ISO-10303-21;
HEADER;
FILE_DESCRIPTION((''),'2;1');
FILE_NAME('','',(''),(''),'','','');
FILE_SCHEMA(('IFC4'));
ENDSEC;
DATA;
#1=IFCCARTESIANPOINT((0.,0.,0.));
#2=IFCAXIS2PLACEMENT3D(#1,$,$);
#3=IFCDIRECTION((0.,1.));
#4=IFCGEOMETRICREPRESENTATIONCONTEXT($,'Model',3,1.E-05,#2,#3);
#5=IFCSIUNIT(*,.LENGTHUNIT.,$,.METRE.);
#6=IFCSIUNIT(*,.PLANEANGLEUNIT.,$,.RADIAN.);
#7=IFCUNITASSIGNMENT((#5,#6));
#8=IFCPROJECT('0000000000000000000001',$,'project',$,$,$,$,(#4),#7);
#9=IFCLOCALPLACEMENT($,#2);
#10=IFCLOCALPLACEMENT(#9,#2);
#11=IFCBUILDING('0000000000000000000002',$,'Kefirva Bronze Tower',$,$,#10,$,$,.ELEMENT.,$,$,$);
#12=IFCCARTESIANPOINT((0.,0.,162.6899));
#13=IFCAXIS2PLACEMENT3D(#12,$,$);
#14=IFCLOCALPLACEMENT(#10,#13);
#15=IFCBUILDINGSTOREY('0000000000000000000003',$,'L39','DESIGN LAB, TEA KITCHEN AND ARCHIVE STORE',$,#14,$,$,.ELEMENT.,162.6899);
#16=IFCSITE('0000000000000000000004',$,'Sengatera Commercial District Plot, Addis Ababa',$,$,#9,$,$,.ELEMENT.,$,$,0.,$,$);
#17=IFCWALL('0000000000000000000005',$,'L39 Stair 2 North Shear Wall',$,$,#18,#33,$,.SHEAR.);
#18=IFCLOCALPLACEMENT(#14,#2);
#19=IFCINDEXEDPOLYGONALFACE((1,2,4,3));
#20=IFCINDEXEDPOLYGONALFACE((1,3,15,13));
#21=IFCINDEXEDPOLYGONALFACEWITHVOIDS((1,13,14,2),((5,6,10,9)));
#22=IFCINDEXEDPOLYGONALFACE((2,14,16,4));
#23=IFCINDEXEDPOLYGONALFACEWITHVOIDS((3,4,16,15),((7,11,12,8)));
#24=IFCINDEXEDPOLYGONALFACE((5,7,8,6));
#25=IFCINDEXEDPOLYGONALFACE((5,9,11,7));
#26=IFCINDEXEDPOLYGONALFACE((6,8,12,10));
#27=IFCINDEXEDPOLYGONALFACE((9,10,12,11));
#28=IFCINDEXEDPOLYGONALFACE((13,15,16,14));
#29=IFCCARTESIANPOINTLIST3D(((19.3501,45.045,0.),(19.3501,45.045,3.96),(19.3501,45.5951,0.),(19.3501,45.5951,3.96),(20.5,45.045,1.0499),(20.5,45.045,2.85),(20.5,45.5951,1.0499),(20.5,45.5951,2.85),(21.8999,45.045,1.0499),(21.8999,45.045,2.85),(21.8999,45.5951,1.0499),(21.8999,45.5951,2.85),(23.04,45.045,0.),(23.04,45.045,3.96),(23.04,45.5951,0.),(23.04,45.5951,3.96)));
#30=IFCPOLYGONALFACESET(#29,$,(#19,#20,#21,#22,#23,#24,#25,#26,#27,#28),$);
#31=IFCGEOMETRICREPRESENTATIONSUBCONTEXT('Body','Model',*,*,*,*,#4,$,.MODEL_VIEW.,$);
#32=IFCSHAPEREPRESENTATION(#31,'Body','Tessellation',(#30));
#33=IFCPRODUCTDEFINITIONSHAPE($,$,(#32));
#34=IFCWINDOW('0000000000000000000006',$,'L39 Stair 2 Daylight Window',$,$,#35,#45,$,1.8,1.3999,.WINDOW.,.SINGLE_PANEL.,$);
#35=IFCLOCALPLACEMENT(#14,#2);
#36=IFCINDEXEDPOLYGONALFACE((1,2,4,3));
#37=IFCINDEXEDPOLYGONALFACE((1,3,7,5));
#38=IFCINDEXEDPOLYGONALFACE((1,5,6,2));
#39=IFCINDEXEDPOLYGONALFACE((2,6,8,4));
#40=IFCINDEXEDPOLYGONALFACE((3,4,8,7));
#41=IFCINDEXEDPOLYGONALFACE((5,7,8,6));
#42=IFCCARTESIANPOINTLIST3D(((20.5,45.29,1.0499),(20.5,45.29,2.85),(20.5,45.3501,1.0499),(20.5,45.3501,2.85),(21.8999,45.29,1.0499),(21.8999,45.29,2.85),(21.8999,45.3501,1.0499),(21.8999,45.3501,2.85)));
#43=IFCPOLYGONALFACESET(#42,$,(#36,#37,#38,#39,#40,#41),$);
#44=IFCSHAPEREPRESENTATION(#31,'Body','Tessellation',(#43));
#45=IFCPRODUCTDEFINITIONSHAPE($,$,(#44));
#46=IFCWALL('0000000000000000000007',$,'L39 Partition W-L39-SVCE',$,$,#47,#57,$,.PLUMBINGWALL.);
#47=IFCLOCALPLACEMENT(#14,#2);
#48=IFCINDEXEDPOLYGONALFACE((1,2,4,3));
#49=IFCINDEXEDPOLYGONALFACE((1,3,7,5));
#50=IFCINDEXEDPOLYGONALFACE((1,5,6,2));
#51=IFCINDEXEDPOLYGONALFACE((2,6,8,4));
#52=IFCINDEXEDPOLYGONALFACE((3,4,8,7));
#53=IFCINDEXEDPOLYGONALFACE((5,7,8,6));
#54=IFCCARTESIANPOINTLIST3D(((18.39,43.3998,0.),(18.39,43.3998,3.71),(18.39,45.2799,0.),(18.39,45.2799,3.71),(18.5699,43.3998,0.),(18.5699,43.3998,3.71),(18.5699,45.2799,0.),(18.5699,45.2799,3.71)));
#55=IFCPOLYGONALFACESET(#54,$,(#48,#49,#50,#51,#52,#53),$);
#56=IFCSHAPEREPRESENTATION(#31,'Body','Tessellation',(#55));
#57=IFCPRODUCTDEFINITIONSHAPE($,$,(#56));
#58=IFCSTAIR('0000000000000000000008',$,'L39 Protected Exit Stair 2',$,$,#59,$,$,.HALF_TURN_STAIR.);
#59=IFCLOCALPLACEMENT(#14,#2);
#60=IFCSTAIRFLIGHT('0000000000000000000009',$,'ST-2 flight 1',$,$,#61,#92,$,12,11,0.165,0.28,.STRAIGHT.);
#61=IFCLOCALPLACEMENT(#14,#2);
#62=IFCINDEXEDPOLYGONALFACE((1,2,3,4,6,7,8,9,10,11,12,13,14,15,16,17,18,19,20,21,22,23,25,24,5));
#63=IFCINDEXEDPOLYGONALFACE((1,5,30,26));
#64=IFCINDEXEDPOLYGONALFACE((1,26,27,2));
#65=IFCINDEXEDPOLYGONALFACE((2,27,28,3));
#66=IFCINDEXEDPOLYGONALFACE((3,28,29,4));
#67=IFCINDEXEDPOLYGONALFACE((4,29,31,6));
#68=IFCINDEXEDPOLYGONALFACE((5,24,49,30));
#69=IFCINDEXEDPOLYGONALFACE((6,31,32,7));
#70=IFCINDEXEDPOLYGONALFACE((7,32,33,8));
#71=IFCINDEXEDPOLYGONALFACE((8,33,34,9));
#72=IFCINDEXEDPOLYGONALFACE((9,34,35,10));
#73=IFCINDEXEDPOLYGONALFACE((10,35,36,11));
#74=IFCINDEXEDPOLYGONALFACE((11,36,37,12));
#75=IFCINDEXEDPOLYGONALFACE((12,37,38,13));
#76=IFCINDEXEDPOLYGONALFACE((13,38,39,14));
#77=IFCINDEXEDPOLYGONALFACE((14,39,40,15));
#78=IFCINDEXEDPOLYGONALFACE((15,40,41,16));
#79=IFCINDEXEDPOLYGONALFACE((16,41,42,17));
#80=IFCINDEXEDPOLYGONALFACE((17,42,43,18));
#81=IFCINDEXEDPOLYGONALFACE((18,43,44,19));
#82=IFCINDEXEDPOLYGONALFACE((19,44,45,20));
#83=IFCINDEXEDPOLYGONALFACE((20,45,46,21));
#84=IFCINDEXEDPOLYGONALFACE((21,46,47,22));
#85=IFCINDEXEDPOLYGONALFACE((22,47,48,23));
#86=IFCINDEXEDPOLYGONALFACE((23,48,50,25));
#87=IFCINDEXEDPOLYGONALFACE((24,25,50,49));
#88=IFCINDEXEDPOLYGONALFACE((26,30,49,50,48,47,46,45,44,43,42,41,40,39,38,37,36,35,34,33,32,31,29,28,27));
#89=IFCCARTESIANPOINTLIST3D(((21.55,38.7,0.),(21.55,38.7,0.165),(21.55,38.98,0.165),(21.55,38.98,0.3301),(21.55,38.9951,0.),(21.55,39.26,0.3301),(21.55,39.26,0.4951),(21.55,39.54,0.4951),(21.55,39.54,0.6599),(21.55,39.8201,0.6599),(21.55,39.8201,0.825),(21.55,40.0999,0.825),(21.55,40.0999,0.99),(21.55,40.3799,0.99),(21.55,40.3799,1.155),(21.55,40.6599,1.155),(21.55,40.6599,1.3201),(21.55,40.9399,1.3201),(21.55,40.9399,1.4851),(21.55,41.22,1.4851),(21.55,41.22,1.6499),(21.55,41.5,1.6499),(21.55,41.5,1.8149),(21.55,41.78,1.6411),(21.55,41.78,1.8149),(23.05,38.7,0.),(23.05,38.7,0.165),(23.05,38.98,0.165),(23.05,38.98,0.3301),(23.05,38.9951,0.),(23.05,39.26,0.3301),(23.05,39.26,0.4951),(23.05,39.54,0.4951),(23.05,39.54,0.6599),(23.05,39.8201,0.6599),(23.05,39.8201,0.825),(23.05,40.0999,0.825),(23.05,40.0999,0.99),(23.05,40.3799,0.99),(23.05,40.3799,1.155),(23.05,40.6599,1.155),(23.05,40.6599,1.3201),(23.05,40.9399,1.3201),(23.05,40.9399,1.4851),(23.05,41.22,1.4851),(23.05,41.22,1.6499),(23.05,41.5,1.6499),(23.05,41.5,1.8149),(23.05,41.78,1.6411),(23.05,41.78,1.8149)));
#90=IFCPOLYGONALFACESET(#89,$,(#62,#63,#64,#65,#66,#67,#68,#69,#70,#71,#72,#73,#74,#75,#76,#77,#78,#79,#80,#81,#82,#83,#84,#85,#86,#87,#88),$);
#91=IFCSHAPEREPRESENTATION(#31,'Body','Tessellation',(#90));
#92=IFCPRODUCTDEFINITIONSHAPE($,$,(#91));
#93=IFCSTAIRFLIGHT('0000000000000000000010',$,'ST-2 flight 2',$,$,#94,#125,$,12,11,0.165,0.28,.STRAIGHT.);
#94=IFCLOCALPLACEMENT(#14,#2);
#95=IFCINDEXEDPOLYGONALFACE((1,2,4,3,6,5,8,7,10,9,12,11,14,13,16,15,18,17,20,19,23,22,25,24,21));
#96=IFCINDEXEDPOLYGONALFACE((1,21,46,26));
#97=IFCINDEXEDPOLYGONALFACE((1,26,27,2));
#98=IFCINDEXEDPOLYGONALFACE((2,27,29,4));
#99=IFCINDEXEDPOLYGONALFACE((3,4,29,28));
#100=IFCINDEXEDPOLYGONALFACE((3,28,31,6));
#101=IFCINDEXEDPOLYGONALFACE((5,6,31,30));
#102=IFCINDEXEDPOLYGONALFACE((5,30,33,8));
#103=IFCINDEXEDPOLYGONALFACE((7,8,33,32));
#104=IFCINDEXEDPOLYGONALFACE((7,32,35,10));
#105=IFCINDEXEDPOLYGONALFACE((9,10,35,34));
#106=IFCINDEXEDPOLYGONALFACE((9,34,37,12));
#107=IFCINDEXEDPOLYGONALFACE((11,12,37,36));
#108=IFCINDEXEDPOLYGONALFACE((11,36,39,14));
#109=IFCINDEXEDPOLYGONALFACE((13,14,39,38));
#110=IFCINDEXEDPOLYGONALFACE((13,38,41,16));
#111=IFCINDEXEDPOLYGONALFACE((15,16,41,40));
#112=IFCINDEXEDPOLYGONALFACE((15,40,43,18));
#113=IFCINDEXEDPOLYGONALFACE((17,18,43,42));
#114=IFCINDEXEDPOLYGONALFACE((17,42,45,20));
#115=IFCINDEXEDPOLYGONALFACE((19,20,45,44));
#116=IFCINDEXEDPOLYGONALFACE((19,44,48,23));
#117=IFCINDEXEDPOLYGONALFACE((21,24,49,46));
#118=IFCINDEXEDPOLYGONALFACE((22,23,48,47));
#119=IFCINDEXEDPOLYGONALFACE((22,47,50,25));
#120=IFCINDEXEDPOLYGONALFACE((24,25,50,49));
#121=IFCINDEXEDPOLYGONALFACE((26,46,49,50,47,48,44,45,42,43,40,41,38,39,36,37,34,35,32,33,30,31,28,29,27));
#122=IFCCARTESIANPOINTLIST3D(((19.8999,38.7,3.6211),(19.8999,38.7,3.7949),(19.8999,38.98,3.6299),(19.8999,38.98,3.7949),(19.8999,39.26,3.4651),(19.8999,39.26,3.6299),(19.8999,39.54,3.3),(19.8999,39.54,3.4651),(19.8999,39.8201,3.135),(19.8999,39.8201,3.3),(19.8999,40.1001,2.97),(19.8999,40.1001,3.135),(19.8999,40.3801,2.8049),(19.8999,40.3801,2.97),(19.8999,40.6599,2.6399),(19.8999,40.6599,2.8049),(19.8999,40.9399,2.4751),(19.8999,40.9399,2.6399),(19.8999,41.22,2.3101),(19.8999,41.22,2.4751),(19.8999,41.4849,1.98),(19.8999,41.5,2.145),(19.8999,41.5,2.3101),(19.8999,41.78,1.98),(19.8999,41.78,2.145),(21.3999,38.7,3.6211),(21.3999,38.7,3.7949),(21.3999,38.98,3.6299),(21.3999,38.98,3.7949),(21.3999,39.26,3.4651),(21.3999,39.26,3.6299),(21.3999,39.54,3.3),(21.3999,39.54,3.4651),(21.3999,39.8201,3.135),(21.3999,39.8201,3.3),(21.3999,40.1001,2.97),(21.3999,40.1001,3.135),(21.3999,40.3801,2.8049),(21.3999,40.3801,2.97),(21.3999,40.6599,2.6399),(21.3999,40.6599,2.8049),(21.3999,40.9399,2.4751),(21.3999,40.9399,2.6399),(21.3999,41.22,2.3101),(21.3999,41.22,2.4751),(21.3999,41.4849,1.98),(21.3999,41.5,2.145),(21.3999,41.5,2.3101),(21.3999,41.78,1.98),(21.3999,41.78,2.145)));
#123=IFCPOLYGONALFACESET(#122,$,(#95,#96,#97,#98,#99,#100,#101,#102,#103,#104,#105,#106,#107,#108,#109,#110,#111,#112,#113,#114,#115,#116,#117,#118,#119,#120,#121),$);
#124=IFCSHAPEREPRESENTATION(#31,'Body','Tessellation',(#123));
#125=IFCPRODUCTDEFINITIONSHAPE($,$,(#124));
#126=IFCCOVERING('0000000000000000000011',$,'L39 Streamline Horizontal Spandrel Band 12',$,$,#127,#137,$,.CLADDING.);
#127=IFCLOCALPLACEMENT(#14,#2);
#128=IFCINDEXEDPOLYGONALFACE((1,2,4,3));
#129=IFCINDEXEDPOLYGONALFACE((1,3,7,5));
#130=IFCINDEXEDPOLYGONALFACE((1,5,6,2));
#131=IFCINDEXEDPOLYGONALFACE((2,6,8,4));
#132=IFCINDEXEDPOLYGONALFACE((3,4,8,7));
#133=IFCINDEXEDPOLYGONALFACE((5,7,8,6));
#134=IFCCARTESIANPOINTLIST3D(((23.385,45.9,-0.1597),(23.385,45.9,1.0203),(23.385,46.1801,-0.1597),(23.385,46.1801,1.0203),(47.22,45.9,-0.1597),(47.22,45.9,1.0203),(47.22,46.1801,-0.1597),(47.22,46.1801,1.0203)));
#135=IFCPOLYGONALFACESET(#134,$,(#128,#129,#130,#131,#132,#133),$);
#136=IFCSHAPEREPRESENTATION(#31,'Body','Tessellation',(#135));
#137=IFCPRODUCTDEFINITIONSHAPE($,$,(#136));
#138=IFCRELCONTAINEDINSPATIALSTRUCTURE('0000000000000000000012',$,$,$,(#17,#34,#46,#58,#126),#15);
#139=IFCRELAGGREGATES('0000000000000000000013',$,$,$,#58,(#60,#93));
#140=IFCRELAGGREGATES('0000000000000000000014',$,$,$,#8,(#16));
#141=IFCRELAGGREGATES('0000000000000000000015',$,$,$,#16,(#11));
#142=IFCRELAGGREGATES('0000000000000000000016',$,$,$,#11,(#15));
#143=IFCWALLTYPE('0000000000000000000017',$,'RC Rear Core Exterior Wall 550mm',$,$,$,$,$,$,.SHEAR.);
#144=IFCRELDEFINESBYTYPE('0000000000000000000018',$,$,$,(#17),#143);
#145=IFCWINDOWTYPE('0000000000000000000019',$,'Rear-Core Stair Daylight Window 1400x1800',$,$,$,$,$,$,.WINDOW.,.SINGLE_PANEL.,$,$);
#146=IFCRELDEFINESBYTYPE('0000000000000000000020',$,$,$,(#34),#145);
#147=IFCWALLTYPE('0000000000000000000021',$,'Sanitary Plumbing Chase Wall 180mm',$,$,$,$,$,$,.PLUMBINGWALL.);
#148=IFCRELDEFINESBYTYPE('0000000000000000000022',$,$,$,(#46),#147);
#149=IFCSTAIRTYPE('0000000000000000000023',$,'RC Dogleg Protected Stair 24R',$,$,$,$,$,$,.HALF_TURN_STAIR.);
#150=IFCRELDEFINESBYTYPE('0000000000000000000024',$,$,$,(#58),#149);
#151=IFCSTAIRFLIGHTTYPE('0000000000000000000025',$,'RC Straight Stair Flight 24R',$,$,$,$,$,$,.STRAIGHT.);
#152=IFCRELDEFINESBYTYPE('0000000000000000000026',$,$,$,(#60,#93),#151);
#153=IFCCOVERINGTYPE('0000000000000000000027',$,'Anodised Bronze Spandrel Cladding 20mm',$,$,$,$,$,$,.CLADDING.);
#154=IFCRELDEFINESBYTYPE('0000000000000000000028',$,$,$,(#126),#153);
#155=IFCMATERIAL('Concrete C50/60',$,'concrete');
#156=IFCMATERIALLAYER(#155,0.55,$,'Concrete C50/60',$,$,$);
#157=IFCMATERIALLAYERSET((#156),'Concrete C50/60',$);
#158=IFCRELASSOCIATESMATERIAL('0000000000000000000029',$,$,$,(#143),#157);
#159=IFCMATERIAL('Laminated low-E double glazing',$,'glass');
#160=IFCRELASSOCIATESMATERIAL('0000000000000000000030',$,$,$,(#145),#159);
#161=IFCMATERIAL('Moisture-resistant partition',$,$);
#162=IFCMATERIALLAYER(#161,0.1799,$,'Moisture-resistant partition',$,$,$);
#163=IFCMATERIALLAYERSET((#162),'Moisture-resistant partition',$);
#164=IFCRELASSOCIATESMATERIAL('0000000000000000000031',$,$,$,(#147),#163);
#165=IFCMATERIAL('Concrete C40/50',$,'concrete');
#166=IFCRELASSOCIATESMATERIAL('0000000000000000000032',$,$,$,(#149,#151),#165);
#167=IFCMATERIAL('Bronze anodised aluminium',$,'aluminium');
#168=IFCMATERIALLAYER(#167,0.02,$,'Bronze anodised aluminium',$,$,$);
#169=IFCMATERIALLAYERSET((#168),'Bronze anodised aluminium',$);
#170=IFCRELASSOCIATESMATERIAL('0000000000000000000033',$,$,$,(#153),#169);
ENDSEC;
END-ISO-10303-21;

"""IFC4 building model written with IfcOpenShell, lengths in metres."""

from ifc_helpers import new_model, si_unit, direction, frame, frame_2d, origin, origin_2d, place, context, subcontext, project, spatial, polyline, rectangle, outline, extrude, material, layer, layer_set, type_object, element, fill, aggregate, save


model = new_model("IFC4")

# Units and contexts
model_context = context("Model", 3, precision=1e-05, world=origin(), true_north=direction((0.0, 1.0)))
body_context = subcontext(model_context, "Body", "Model", "MODEL_VIEW")
ifc_project = project(units=[si_unit("LENGTHUNIT", "METRE"), si_unit("PLANEANGLEUNIT", "RADIAN")], contexts=[model_context])

# Site, building, storey
site_placement = place(None, origin())
site = spatial("IfcSite", under=ifc_project, at=site_placement, Name="Sengatera Commercial District Plot, Addis Ababa", CompositionType="ELEMENT", RefElevation=0.0)
building_placement = place(site_placement, origin())
building = spatial("IfcBuilding", under=site, at=building_placement, Name="Kefirva Bronze Tower", CompositionType="ELEMENT")
storey_placement = place(building_placement, frame((0.0, 0.0, 162.6899)))
storey = spatial("IfcBuildingStorey", under=building, at=storey_placement, Name="L39", Description="DESIGN LAB, TEA KITCHEN AND ARCHIVE STORE", CompositionType="ELEMENT", Elevation=162.6899)

# Shared definitions
ifc_material_1 = material(Name="Bronze anodised aluminium", Category="aluminium")

# Shared definitions
ifc_material_2 = material(Name="Concrete C50/60", Category="concrete")

# Shared definitions
ifc_material_3 = material(Name="Laminated low-E double glazing", Category="glass")

# Wall, opening, window
ifc_layer_1 = layer(ifc_material_2, 0.55, Name="Concrete C50/60")
ifc_layer_set_1 = layer_set([ifc_layer_1], Name="Concrete C50/60")
wall_type_1 = type_object("IfcWallType", Name="RC Rear Core Exterior Wall 550mm", PredefinedType="SHEAR", material=ifc_layer_set_1)
wall_1_placement = place(storey_placement, frame((19.3501, 45.3201, 0.0), z_axis=(0.0, 0.0, 1.0), x_axis=(1.0, 0.0, 0.0)))
wall_1 = element("IfcWall", 1, at=wall_1_placement, inside=storey, type_object=wall_type_1, Name="L39 Stair 2 North Shear Wall", PredefinedType="SHEAR", context=body_context, shape_type="SweptSolid", body=[
    extrude(rectangle(XDim=3.6899, YDim=0.55, at=frame_2d((1.845, 0.0))), origin(), (0.0, 0.0, 1.0), 3.96),
])
opening_placement = place(wall_1_placement, frame((1.1499, 0.0, 1.05)))
opening = element("IfcOpeningElement", 2, at=opening_placement, cuts=wall_1, PredefinedType="OPENING", context=body_context, shape_type="SweptSolid", body=[
    extrude(rectangle(XDim=1.3999, YDim=1.8, at=frame_2d((0.7, 0.8999))), frame((0.0, 0.2852, 0.0), z_axis=(0.0, -1.0, 0.0), x_axis=(1.0, 0.0, 0.0)), (0.0, 0.0, 1.0), 0.5701),
])
window_type = type_object("IfcWindowType", Name="Rear-Core Stair Daylight Window 1400x1800", PartitioningType="SINGLE_PANEL", PredefinedType="WINDOW", material=ifc_material_3)
window_placement = place(opening_placement, origin())
window = element("IfcWindow", 3, at=window_placement, inside=storey, type_object=window_type, Name="L39 Stair 2 Daylight Window", OverallHeight=1.8, OverallWidth=1.3999, PartitioningType="SINGLE_PANEL", PredefinedType="WINDOW", context=body_context, shape_type="SweptSolid", body=[
    extrude(rectangle(XDim=1.3999, YDim=1.8, at=frame_2d((0.7, 0.8999))), frame((0.0, 0.03, 0.0), z_axis=(0.0, -1.0, 0.0), x_axis=(1.0, 0.0, 0.0)), (0.0, 0.0, 1.0), 0.0601),
])
fill(opening, window)

# Wall
ifc_material_4 = material(Name="Moisture-resistant partition")
ifc_layer_2 = layer(ifc_material_4, 0.1799, Name="Moisture-resistant partition")
ifc_layer_set_2 = layer_set([ifc_layer_2], Name="Moisture-resistant partition")
wall_type_2 = type_object("IfcWallType", Name="Sanitary Plumbing Chase Wall 180mm", PredefinedType="PLUMBINGWALL", material=ifc_layer_set_2)
wall_2_placement = place(storey_placement, frame((18.48, 43.3999, 0.0), z_axis=(0.0, 0.0, 1.0), x_axis=(0.0, 1.0, 0.0)))
element("IfcWall", 4, at=wall_2_placement, inside=storey, type_object=wall_type_2, Name="L39 Partition W-L39-SVCE", PredefinedType="PLUMBINGWALL", context=body_context, shape_type="SweptSolid", body=[
    extrude(rectangle(XDim=1.8801, YDim=0.1799, at=frame_2d((0.9399, 0.0))), origin(), (0.0, 0.0, 1.0), 3.71),
])

# Stair, stair flights
ifc_material_5 = material(Name="Concrete C40/50", Category="concrete")
stair_type = type_object("IfcStairType", Name="RC Dogleg Protected Stair 24R", PredefinedType="HALF_TURN_STAIR", material=ifc_material_5)
stair_placement = place(storey_placement, origin())
stair = element("IfcStair", 5, at=stair_placement, inside=storey, type_object=stair_type, Name="L39 Protected Exit Stair 2", PredefinedType="HALF_TURN_STAIR")
stair_flight_type = type_object("IfcStairFlightType", Name="RC Straight Stair Flight 24R", PredefinedType="STRAIGHT", material=ifc_material_5)
stair_flight_1_placement = place(storey_placement, frame((22.3, 38.7, 0.0), z_axis=(0.0, 0.0, 1.0), x_axis=(0.0, 1.0, 0.0)))
stair_flight_1 = element("IfcStairFlight", 6, at=stair_flight_1_placement, type_object=stair_flight_type, Name="ST-2 flight 1", NumberOfRisers=12, NumberOfTreads=11, PredefinedType="STRAIGHT", RiserHeight=0.165, TreadLength=0.28, context=body_context, shape_type="SweptSolid", body=[
    extrude(outline(polyline([(0.0, 0.0), (0.0, 0.165), (0.28, 0.165), (0.28, 0.3301), (0.5601, 0.3301), (0.5601, 0.4951), (0.8401, 0.4951), (0.8401, 0.6599), (1.1201, 0.6599), (1.1201, 0.825), (1.3999, 0.825), (1.3999, 0.99), (1.6799, 0.99), (1.6799, 1.155), (1.96, 1.155), (1.96, 1.3201), (2.24, 1.3201), (2.24, 1.4851), (2.52, 1.4851), (2.52, 1.6499), (2.8, 1.6499), (2.8, 1.8149), (3.0801, 1.8149), (3.0801, 1.98), (3.0801, 1.6411), (0.2952, 0.0), (0.0, 0.0)])), frame((0.0, 0.75, 0.0), z_axis=(0.0, -1.0, 0.0), x_axis=(1.0, 0.0, 0.0)), (0.0, 0.0, 1.0), 1.5),
])
stair_flight_2_placement = place(storey_placement, frame((20.6499, 41.78, 1.98), z_axis=(0.0, 0.0, 1.0), x_axis=(0.0, -1.0, 0.0)))
stair_flight_2 = element("IfcStairFlight", 7, at=stair_flight_2_placement, type_object=stair_flight_type, Name="ST-2 flight 2", NumberOfRisers=12, NumberOfTreads=11, PredefinedType="STRAIGHT", RiserHeight=0.165, TreadLength=0.28, context=body_context, shape_type="SweptSolid", body=[
    extrude(outline(polyline([(0.0, 0.0), (0.0, 0.165), (0.28, 0.165), (0.28, 0.3301), (0.5601, 0.3301), (0.5601, 0.4951), (0.8401, 0.4951), (0.8401, 0.6599), (1.1201, 0.6599), (1.1201, 0.825), (1.3999, 0.825), (1.3999, 0.99), (1.6799, 0.99), (1.6799, 1.155), (1.96, 1.155), (1.96, 1.3201), (2.24, 1.3201), (2.24, 1.4851), (2.52, 1.4851), (2.52, 1.6499), (2.8, 1.6499), (2.8, 1.8149), (3.0801, 1.8149), (3.0801, 1.98), (3.0801, 1.6411), (0.2952, 0.0), (0.0, 0.0)])), frame((0.0, 0.75, 0.0), z_axis=(0.0, -1.0, 0.0), x_axis=(1.0, 0.0, 0.0)), (0.0, 0.0, 1.0), 1.5),
])
aggregate(stair, [stair_flight_1, stair_flight_2])

# Covering
ifc_layer_3 = layer(ifc_material_1, 0.02, Name="Bronze anodised aluminium")
ifc_layer_set_3 = layer_set([ifc_layer_3], Name="Bronze anodised aluminium")
covering_type_1 = type_object("IfcCoveringType", Name="Anodised Bronze Spandrel Cladding 20mm", PredefinedType="CLADDING", material=ifc_layer_set_3)
covering_placement = place(storey_placement, frame((35.3025, 46.04, -0.1597), z_axis=(0.0, 0.0, 1.0), x_axis=(-1.0, 0.0, 0.0)))
element("IfcCovering", 8, at=covering_placement, inside=storey, type_object=covering_type_1, Name="L39 Streamline Horizontal Spandrel Band 12", PredefinedType="CLADDING", context=body_context, shape_type="SweptSolid", body=[
    extrude(rectangle(XDim=23.835, YDim=0.28, at=origin_2d()), origin(), (0.0, 0.0, 1.0), 1.1799),
])

save(model, "model.ifc")
